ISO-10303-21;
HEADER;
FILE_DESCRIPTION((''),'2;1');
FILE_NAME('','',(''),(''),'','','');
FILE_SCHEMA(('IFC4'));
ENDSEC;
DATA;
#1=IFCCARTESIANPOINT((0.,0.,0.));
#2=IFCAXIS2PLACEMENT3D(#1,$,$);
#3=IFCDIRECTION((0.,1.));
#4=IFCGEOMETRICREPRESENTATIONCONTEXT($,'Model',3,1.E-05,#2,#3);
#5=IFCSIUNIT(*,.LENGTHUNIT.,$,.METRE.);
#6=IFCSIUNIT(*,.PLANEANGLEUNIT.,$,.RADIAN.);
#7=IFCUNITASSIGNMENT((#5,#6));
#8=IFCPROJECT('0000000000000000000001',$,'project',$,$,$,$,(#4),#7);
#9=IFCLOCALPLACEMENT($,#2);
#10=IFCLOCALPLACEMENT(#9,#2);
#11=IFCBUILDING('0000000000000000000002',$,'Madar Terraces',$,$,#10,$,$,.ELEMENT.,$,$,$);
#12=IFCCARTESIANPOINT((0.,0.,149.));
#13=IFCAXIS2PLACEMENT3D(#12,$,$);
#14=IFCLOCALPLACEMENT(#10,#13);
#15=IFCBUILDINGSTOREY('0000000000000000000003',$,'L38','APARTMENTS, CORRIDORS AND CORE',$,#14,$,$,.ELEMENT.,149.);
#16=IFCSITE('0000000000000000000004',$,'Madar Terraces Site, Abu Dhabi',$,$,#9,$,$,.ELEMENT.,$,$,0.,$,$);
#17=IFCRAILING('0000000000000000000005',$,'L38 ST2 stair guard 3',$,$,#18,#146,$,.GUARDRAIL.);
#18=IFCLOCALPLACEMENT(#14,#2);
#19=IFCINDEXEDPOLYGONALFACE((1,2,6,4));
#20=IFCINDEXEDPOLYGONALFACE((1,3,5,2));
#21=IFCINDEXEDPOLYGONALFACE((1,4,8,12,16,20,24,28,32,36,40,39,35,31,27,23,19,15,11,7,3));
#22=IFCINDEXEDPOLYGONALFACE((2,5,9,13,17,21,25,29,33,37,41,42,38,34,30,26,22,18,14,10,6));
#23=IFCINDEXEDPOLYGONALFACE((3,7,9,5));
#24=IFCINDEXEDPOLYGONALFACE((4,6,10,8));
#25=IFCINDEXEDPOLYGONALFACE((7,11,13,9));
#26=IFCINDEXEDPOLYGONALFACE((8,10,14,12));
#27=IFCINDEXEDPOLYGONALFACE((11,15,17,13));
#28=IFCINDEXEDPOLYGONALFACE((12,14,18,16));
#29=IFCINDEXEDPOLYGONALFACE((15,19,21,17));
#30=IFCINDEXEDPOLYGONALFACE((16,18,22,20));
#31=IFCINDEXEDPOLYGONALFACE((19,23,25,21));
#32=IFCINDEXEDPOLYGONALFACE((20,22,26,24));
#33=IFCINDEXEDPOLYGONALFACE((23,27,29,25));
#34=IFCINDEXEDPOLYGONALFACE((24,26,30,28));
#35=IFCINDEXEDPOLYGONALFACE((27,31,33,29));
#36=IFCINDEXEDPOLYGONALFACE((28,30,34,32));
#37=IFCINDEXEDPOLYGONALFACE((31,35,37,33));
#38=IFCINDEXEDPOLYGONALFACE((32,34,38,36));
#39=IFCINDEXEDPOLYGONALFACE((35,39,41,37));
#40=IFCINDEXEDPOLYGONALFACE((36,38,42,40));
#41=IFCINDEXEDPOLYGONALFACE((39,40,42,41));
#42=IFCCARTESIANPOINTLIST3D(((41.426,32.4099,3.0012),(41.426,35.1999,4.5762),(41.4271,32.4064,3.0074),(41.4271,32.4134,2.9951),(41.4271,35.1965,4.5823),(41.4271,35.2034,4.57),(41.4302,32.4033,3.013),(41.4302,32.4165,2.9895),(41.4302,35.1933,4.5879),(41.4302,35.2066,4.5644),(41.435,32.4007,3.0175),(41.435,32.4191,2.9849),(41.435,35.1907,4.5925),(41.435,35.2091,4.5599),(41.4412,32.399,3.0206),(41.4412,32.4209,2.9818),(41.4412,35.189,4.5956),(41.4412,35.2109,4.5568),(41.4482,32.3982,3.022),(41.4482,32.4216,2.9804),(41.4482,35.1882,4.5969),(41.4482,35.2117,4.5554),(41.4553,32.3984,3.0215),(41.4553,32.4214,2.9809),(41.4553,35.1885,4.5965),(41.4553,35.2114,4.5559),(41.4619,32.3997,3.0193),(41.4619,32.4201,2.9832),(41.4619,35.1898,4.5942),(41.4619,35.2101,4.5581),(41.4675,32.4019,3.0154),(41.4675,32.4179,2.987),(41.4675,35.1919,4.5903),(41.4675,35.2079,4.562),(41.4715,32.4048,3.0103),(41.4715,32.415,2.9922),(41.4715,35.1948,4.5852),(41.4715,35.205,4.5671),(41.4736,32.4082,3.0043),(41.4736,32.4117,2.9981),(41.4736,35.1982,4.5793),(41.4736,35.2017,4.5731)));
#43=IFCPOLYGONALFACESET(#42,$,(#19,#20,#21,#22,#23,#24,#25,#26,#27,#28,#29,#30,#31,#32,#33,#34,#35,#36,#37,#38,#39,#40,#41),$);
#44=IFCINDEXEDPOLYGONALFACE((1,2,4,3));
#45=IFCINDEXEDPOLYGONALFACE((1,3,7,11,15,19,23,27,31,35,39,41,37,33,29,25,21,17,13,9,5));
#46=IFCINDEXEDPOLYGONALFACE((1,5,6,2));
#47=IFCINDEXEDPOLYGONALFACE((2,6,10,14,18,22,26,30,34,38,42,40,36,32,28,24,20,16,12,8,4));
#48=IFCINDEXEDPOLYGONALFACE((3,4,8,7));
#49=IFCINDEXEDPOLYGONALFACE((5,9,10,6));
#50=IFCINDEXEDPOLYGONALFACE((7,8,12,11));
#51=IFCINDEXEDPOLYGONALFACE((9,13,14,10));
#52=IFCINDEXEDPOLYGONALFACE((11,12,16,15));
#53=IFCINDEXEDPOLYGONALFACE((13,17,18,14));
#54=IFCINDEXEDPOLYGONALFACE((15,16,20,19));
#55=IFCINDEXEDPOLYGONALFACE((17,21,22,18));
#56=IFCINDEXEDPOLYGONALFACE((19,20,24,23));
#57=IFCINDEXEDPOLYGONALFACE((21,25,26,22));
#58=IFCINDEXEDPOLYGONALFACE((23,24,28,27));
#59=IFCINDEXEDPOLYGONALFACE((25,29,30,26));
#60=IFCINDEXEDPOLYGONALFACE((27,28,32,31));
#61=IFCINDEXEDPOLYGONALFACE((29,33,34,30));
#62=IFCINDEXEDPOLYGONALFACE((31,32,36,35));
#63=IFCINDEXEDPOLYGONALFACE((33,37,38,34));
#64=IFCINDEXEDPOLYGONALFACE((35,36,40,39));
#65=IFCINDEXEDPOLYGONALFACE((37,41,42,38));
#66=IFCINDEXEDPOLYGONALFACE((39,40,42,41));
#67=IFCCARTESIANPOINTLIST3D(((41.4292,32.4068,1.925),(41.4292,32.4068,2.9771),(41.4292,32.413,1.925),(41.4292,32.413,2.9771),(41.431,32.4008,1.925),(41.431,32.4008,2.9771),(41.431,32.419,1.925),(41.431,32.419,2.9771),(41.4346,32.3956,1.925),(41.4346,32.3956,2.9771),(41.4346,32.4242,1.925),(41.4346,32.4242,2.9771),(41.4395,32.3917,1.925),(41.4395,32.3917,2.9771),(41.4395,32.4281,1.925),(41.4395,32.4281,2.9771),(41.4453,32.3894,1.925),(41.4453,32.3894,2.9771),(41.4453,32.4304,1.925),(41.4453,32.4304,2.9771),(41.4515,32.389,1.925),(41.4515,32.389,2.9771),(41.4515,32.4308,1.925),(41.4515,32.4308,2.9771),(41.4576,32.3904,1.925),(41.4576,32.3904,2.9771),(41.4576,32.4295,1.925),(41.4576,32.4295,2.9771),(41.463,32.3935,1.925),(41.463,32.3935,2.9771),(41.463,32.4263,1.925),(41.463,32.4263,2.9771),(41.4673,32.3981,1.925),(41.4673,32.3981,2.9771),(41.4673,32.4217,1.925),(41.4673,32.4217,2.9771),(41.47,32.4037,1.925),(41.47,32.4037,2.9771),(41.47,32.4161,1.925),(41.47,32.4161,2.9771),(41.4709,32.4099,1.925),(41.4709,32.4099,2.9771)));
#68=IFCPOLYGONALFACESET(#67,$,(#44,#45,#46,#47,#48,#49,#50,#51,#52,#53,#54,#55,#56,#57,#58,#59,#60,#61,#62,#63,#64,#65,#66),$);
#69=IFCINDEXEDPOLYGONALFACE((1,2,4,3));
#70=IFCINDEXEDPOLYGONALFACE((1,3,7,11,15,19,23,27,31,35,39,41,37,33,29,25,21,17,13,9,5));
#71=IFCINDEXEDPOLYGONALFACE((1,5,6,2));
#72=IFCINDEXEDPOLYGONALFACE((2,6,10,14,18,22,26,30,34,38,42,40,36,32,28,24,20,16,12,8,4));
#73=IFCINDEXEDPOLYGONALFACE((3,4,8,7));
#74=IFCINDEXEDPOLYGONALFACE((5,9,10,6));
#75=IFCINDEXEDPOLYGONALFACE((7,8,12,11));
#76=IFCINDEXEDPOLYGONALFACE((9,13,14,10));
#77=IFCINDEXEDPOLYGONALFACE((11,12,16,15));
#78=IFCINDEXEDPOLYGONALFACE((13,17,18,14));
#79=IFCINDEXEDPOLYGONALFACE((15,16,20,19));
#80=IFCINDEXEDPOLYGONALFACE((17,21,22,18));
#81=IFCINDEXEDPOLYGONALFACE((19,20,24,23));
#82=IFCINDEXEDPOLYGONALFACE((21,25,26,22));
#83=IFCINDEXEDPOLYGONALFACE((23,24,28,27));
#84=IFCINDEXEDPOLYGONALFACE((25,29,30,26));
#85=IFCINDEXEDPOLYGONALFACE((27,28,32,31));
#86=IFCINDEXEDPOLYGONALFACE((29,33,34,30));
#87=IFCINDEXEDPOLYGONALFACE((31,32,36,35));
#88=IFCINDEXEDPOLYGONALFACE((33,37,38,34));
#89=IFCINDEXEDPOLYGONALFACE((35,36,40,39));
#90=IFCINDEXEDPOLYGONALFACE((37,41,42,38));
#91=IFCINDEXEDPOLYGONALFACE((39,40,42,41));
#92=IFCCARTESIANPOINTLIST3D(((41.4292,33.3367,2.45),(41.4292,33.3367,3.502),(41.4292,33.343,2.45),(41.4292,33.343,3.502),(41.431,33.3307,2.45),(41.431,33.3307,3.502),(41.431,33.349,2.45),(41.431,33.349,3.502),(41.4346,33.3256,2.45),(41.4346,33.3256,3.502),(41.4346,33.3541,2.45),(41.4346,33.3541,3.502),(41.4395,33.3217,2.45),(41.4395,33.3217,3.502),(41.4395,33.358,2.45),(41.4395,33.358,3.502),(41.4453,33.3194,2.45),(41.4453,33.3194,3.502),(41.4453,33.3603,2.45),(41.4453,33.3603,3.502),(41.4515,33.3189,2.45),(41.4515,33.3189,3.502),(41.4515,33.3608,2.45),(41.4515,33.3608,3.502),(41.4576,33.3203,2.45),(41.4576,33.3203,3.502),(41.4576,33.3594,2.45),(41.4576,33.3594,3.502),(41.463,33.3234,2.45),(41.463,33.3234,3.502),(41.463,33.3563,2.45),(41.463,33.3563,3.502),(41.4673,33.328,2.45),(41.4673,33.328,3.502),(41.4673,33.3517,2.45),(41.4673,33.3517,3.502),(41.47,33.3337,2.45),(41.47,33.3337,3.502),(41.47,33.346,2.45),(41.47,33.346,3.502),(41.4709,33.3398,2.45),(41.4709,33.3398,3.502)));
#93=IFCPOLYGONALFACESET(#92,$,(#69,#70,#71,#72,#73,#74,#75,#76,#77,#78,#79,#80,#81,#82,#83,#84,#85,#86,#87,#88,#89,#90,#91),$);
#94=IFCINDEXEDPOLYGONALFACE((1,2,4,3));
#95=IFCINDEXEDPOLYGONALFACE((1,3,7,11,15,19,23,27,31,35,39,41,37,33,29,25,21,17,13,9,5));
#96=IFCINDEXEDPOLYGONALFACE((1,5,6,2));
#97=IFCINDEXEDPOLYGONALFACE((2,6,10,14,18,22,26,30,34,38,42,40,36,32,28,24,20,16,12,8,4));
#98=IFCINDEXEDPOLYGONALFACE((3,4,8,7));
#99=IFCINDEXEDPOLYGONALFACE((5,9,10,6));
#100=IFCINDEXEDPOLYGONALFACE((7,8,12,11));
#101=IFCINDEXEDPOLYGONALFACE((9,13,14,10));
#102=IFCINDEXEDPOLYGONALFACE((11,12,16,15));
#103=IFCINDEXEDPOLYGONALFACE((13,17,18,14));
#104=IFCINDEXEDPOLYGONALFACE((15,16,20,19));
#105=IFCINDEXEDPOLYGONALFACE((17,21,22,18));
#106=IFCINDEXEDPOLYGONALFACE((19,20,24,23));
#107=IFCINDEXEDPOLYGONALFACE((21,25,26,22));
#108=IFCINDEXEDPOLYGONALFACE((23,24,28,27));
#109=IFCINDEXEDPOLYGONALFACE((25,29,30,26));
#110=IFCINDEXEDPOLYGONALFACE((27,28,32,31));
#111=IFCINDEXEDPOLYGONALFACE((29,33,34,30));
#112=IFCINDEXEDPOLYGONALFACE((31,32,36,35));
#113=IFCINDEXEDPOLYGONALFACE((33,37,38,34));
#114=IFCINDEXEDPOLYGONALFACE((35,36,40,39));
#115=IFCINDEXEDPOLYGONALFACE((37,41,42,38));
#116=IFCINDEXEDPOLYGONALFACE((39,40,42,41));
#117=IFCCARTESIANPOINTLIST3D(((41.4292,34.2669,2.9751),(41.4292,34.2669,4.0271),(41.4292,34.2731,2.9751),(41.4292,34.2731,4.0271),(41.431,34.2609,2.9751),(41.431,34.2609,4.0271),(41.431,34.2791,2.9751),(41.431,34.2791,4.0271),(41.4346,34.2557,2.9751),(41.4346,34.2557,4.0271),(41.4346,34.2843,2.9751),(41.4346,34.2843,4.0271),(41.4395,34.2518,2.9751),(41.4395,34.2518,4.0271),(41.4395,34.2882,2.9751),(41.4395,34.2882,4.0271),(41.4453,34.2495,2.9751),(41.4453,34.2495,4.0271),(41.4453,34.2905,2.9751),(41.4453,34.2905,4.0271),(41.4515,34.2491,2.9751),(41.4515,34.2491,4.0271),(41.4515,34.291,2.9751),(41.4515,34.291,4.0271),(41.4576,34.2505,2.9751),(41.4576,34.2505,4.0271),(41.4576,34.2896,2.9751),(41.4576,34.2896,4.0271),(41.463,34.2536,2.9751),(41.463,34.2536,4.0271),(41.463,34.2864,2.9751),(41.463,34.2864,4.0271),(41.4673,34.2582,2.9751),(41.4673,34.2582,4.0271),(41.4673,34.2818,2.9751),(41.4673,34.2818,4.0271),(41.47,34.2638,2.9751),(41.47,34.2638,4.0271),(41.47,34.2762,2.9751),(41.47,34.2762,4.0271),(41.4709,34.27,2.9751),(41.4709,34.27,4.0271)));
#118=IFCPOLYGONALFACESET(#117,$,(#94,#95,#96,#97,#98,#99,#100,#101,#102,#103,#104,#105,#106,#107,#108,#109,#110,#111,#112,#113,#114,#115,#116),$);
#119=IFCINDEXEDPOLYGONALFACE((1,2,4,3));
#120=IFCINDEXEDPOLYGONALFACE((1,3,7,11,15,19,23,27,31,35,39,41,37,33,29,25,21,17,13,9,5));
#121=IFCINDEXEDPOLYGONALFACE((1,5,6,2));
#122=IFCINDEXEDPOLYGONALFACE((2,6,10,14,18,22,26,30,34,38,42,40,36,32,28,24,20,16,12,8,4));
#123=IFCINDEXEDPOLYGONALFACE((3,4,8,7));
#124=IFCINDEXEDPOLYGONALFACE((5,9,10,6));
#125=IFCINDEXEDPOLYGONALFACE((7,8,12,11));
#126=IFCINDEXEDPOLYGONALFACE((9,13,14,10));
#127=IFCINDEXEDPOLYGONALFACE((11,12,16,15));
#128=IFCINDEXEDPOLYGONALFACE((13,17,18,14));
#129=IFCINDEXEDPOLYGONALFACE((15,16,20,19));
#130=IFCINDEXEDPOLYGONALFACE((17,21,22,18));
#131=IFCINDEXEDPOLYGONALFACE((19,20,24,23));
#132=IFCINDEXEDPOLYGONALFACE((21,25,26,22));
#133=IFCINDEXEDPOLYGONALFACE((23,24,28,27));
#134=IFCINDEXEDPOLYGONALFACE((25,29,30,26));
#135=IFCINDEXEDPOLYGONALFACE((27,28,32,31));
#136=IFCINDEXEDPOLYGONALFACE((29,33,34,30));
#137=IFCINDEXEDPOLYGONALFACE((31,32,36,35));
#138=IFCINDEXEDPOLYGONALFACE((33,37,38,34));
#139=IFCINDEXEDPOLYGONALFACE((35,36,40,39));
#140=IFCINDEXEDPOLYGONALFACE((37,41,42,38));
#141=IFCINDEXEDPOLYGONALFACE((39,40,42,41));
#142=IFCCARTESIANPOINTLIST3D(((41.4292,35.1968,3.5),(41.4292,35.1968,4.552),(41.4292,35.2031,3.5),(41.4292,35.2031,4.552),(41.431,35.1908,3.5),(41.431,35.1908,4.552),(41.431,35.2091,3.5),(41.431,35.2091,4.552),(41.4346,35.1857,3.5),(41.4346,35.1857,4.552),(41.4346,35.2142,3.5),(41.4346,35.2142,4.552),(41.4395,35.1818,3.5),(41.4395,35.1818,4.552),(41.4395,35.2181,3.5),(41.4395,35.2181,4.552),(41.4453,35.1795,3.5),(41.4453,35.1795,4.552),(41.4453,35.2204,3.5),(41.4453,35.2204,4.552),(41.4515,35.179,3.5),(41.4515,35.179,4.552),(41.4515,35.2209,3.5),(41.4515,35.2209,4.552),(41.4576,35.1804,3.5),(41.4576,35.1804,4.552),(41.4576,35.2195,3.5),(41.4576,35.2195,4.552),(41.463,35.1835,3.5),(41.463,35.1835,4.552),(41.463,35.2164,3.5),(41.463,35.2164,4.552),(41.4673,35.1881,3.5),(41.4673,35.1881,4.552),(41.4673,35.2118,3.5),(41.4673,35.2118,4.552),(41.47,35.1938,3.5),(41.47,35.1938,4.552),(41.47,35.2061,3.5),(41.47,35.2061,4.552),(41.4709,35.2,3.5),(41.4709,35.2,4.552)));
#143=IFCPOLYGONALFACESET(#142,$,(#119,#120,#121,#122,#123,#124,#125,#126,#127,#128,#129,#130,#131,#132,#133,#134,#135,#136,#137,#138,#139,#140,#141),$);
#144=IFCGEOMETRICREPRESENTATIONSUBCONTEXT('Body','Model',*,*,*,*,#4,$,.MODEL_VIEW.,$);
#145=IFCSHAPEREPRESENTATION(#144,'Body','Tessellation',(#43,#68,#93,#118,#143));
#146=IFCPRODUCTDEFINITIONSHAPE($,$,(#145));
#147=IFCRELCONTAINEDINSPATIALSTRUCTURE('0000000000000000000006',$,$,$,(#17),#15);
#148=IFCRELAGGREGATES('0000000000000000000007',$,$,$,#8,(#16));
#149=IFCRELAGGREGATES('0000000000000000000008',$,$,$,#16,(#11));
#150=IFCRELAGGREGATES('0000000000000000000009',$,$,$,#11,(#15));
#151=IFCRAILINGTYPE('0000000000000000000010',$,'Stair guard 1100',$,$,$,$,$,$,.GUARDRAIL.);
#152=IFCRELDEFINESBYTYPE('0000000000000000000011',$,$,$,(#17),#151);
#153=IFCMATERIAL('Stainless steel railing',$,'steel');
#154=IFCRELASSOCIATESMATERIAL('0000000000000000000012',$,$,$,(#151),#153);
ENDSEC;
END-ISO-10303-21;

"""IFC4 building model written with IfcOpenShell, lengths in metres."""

from ifc_helpers import new_model, si_unit, direction, frame, origin, origin_2d, place, context, subcontext, project, spatial, circle, extrude, material, type_object, element, save


model = new_model("IFC4")

# Units and contexts
model_context = context("Model", 3, precision=1e-05, world=origin(), true_north=direction((0.0, 1.0)))
body_context = subcontext(model_context, "Body", "Model", "MODEL_VIEW")
ifc_project = project(units=[si_unit("LENGTHUNIT", "METRE"), si_unit("PLANEANGLEUNIT", "RADIAN")], contexts=[model_context])

# Site, building, storey
site_placement = place(None, origin())
site = spatial("IfcSite", under=ifc_project, at=site_placement, Name="Madar Terraces Site, Abu Dhabi", CompositionType="ELEMENT", RefElevation=0.0)
building_placement = place(site_placement, origin())
building = spatial("IfcBuilding", under=site, at=building_placement, Name="Madar Terraces", CompositionType="ELEMENT")
storey_placement = place(building_placement, frame((0.0, 0.0, 149.0)))
storey = spatial("IfcBuildingStorey", under=building, at=storey_placement, Name="L38", Description="APARTMENTS, CORRIDORS AND CORE", CompositionType="ELEMENT", Elevation=149.0)

# Railing
ifc_material_1 = material(Name="Stainless steel railing", Category="steel")
railing_type_1 = type_object("IfcRailingType", Name="Stair guard 1100", PredefinedType="GUARDRAIL", material=ifc_material_1)
railing_1_placement = place(storey_placement, frame((41.45, 32.4099, 1.925)))
element("IfcRailing", 1, at=railing_1_placement, inside=storey, type_object=railing_type_1, Name="L38 ST2 stair guard 3", PredefinedType="GUARDRAIL", context=body_context, shape_type="SweptSolid", body=[
    extrude(circle(Radius=0.0239, at=origin_2d()), frame((0.0, 0.0, 1.0762), z_axis=(0.0, 0.870834, 0.491578), x_axis=(-1.0, 0.0, 0.0)), (0.0, 0.0, 1.0), 3.2039),
    extrude(circle(Radius=0.021, at=origin_2d()), origin(), (0.0, 0.0, 1.0), 1.052),
    extrude(circle(Radius=0.021, at=origin_2d()), frame((0.0, 0.9299, 0.5249)), (0.0, 0.0, 1.0), 1.052),
    extrude(circle(Radius=0.021, at=origin_2d()), frame((0.0, 1.8601, 1.05)), (0.0, 0.0, 1.0), 1.052),
    extrude(circle(Radius=0.021, at=origin_2d()), frame((0.0, 2.79, 1.575)), (0.0, 0.0, 1.0), 1.052),
])

save(model, "model.ifc")
